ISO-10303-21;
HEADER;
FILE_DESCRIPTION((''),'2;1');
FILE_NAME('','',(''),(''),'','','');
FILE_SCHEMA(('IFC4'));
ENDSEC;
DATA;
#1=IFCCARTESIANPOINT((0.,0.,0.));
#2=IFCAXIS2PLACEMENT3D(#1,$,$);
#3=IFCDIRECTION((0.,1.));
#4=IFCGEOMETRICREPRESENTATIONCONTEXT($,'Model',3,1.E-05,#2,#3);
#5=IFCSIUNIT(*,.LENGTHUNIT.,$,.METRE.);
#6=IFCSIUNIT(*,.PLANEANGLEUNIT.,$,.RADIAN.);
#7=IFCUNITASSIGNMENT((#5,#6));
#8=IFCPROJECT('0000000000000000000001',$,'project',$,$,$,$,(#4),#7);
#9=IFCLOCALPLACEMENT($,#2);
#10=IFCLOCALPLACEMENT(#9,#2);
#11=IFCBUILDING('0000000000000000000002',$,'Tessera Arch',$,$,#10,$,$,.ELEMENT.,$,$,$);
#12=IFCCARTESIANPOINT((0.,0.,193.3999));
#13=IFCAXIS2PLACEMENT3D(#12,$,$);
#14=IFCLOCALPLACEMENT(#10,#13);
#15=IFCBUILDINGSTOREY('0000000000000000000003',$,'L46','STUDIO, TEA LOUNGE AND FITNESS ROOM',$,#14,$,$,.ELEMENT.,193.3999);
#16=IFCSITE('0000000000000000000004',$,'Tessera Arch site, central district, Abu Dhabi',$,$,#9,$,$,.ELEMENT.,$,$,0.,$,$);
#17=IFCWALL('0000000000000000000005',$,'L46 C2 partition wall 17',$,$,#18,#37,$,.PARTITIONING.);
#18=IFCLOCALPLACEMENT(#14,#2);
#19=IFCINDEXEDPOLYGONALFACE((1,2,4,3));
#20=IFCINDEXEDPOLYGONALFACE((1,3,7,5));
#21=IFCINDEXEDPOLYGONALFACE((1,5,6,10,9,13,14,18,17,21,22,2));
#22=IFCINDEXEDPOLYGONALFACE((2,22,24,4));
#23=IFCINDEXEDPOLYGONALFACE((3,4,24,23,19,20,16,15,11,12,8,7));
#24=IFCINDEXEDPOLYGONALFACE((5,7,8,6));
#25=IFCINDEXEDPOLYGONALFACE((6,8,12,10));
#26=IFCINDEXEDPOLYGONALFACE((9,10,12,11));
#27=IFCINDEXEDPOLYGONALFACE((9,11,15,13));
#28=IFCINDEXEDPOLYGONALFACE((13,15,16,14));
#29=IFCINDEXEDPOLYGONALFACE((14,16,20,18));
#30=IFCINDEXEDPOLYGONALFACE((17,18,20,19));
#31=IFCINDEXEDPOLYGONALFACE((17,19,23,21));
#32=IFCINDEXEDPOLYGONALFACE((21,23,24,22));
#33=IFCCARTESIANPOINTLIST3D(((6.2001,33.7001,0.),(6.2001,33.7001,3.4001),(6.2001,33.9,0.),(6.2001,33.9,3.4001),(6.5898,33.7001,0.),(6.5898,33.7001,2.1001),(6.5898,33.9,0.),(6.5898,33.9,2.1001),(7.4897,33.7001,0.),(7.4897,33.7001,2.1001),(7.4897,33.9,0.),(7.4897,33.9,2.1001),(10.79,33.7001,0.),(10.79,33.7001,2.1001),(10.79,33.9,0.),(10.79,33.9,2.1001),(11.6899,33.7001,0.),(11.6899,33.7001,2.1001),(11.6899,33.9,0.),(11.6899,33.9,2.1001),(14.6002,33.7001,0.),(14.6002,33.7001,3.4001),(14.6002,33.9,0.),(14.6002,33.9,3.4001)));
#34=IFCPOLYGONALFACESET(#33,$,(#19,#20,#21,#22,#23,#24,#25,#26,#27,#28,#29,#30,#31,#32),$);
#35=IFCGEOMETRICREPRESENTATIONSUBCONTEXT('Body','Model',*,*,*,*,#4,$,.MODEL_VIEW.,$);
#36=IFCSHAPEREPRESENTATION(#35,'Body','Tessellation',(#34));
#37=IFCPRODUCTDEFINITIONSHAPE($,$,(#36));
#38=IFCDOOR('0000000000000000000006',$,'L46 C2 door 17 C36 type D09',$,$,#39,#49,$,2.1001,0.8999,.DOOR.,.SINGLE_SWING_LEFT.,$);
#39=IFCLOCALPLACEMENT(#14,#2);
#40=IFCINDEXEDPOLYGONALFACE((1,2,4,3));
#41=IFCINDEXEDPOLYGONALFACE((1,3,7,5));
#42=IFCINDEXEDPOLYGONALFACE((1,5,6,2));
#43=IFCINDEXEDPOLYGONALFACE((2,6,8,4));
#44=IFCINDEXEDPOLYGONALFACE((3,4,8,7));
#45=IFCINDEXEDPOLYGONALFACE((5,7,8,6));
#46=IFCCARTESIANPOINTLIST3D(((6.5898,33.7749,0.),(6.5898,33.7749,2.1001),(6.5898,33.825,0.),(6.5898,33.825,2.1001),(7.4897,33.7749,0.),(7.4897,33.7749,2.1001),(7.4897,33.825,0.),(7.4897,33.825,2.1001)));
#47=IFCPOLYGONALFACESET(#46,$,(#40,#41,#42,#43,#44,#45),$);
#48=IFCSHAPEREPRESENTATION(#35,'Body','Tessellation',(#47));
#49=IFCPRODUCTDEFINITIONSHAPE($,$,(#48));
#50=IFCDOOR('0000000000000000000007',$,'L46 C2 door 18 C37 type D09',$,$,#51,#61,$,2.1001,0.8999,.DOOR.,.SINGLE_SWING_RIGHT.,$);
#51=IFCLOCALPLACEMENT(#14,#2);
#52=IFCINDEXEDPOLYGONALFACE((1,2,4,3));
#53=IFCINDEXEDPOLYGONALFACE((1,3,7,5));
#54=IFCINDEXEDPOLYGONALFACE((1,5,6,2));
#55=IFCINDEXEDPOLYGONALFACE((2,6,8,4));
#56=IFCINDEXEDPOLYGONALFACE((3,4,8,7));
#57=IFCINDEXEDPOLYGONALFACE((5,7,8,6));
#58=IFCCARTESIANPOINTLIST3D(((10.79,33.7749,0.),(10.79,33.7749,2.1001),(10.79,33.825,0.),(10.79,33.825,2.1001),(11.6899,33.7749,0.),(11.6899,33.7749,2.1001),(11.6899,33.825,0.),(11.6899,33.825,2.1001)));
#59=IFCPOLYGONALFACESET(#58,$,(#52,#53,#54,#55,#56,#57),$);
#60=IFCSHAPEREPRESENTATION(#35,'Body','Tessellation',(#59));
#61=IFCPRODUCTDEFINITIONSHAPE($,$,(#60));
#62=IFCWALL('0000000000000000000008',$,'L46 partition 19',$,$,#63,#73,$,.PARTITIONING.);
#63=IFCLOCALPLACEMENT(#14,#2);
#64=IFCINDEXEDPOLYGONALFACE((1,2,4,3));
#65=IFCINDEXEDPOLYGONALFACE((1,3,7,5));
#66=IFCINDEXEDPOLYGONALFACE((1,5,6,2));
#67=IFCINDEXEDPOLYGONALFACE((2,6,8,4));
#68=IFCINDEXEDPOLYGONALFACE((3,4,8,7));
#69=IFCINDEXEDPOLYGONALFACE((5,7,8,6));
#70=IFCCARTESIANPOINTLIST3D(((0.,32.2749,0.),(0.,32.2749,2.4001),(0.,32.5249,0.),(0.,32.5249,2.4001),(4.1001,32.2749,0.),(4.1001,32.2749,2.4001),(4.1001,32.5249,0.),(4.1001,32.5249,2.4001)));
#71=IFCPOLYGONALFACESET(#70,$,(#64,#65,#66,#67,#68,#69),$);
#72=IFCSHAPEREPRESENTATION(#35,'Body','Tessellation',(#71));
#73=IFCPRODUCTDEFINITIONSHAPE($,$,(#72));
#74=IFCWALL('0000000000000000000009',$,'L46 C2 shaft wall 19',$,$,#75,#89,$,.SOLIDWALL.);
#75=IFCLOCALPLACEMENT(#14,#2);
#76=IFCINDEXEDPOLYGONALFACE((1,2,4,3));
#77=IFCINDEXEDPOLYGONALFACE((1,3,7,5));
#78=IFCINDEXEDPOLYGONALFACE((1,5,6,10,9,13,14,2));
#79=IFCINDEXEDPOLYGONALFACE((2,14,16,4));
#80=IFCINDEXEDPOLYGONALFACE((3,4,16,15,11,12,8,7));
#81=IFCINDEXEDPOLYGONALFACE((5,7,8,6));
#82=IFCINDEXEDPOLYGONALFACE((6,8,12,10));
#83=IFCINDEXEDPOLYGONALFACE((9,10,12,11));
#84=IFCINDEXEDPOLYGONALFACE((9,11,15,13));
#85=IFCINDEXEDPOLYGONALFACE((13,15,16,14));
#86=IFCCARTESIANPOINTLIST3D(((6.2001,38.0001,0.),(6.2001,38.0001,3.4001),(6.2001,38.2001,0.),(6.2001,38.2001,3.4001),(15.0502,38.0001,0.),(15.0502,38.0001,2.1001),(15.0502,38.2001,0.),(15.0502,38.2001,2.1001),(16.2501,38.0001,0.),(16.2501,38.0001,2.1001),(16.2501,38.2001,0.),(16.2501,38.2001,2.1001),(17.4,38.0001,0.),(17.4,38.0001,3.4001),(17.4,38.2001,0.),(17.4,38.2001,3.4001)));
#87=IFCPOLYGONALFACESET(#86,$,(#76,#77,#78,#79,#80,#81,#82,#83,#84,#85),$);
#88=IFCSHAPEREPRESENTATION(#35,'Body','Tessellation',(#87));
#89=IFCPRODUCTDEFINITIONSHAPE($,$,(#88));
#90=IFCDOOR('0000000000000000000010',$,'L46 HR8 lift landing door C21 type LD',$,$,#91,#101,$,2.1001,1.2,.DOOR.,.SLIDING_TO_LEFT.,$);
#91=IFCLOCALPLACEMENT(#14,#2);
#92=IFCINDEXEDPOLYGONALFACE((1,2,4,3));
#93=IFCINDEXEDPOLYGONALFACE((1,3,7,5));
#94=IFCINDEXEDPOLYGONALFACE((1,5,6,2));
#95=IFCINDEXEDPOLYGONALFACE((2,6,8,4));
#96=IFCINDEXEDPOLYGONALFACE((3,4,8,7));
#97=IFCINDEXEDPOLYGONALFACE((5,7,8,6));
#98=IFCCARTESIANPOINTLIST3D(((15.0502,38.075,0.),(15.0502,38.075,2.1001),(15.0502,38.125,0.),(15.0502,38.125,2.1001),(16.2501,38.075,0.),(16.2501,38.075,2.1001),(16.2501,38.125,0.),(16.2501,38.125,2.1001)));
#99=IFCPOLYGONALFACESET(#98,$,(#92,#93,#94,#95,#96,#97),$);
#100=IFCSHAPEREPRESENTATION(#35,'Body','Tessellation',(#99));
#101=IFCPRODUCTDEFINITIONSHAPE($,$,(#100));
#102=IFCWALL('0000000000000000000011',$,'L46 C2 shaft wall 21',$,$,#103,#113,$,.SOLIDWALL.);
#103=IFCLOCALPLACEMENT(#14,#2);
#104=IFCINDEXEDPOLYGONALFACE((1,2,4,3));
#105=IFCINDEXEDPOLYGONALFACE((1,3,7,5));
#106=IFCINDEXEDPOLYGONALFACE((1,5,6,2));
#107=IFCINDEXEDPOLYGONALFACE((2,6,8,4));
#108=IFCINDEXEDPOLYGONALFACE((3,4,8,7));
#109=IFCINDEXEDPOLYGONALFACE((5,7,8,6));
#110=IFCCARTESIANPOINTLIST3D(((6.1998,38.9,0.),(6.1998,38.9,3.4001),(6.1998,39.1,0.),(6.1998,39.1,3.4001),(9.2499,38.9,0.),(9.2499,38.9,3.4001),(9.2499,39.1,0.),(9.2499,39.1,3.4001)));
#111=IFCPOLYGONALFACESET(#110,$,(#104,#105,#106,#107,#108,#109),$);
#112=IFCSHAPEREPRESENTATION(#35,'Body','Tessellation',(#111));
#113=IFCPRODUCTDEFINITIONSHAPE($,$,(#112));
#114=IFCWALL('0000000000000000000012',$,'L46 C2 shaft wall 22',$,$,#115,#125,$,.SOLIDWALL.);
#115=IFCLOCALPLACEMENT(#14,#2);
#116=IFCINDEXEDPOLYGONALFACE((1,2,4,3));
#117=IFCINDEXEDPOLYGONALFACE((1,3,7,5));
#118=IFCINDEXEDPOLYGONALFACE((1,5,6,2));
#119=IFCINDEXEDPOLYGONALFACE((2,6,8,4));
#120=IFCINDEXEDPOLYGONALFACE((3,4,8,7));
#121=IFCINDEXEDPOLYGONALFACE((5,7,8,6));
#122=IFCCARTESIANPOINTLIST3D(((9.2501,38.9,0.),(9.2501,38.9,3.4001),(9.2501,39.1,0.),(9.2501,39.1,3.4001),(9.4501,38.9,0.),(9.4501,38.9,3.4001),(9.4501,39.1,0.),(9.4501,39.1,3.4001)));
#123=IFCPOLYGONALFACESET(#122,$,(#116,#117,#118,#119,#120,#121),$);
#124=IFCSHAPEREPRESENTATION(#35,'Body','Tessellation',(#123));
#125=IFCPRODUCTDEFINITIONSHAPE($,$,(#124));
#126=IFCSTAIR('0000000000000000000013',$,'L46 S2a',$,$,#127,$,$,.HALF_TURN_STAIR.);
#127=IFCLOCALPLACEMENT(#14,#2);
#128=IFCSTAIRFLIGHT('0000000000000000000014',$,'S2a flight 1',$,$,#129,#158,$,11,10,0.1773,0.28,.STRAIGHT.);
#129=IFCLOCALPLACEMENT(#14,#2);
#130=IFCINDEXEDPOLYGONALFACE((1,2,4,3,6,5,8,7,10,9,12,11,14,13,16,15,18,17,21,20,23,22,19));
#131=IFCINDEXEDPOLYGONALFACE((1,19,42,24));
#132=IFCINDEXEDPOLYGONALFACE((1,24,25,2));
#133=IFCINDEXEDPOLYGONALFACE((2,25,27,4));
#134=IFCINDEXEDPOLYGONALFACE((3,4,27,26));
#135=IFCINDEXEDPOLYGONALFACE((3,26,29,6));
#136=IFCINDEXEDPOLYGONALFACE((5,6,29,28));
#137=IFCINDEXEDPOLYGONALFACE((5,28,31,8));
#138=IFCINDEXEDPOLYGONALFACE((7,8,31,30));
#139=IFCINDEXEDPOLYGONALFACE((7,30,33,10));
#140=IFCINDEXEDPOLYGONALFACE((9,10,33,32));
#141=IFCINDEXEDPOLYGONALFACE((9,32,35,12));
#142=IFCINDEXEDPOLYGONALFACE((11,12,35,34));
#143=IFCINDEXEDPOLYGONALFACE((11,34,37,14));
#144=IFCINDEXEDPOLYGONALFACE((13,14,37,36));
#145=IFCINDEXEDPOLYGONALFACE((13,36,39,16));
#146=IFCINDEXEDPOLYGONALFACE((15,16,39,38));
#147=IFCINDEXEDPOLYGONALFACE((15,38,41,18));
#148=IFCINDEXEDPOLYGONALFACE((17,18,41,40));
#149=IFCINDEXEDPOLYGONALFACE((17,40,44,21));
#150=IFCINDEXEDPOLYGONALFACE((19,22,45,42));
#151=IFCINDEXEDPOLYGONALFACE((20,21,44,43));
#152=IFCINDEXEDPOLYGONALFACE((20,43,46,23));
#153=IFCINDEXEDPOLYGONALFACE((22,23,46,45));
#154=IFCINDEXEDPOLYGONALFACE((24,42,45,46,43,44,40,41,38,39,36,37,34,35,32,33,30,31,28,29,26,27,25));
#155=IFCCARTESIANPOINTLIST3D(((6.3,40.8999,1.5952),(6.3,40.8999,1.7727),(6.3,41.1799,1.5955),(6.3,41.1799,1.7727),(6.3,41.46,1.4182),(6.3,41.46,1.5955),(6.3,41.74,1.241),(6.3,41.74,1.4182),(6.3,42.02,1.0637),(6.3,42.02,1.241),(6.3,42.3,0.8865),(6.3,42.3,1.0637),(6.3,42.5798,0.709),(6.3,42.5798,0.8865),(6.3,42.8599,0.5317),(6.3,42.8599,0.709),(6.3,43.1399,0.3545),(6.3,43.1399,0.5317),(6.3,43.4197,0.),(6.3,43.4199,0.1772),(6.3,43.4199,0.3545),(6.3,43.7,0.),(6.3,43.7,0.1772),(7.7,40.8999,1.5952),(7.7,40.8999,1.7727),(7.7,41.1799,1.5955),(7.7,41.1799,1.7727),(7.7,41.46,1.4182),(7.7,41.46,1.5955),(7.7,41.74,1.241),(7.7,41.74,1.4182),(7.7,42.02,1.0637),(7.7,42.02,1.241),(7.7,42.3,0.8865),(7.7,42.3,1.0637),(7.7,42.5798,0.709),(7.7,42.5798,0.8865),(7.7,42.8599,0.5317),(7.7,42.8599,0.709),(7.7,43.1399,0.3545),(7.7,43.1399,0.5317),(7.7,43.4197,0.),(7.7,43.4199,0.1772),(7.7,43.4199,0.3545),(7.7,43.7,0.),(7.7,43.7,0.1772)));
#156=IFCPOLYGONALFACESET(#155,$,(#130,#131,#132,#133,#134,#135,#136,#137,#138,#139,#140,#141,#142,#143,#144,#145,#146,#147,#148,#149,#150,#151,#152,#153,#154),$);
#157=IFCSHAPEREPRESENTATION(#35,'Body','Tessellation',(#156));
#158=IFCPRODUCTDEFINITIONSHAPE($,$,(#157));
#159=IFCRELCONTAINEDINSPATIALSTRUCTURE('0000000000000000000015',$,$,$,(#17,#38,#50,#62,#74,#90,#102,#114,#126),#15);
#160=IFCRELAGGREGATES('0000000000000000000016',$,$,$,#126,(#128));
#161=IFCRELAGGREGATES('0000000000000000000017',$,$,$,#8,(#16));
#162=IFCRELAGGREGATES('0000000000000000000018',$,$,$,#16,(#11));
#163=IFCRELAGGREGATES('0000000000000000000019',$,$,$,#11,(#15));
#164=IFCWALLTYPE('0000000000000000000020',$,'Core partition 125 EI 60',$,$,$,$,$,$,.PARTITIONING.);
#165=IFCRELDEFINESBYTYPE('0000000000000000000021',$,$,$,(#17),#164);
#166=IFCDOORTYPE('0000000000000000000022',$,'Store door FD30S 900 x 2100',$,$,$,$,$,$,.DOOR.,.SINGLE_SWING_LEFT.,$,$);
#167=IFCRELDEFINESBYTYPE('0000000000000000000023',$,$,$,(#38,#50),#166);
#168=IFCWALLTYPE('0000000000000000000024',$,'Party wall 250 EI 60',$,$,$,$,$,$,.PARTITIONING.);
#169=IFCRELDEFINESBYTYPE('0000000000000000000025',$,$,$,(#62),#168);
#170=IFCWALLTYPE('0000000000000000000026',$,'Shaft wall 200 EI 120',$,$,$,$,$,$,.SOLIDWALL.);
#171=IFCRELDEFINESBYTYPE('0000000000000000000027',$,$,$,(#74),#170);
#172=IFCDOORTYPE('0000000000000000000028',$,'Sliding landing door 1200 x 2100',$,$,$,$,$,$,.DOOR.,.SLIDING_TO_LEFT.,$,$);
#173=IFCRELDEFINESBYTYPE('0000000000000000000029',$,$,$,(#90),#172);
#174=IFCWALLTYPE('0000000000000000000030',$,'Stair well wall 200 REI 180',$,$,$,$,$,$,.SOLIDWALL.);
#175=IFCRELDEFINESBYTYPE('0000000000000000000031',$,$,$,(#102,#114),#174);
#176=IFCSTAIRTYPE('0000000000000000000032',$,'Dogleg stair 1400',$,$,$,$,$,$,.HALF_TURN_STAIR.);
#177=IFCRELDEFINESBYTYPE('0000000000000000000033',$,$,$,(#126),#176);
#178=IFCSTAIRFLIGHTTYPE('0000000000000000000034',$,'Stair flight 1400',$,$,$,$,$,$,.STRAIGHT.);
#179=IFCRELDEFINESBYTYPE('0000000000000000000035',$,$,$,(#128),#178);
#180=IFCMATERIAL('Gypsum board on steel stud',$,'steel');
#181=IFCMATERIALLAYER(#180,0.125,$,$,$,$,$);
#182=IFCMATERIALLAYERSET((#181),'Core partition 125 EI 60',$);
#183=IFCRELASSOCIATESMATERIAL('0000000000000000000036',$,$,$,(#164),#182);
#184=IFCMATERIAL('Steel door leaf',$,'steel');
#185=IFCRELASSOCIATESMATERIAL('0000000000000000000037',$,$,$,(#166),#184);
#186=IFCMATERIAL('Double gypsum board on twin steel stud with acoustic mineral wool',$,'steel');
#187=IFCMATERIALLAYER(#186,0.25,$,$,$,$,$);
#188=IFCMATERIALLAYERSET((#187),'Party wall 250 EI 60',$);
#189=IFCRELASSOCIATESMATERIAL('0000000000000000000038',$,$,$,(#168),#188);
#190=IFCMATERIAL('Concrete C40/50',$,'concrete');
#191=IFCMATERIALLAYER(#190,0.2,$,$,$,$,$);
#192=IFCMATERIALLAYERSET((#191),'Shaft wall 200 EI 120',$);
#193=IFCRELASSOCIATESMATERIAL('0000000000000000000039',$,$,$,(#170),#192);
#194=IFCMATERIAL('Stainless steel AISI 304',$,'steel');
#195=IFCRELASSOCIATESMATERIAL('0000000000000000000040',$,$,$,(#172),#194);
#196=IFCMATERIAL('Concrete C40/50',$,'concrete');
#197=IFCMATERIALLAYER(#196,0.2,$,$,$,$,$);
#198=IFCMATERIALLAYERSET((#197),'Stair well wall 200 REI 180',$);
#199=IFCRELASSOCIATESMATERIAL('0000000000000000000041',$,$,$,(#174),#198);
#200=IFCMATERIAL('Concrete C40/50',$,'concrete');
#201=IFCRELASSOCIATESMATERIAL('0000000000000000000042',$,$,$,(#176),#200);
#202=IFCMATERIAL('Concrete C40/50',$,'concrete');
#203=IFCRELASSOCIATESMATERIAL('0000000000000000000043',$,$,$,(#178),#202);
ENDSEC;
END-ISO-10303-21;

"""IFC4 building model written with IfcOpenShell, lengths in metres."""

from ifc_helpers import new_model, si_unit, direction, frame, frame_2d, origin, place, context, subcontext, project, spatial, polyline, rectangle, outline, extrude, material, layer, layer_set, type_object, element, fill, aggregate, save


model = new_model("IFC4")

# Units and contexts
model_context = context("Model", 3, precision=1e-05, world=origin(), true_north=direction((0.0, 1.0)))
body_context = subcontext(model_context, "Body", "Model", "MODEL_VIEW")
ifc_project = project(units=[si_unit("LENGTHUNIT", "METRE"), si_unit("PLANEANGLEUNIT", "RADIAN")], contexts=[model_context])

# Site, building, storey
site_placement = place(None, origin())
site = spatial("IfcSite", under=ifc_project, at=site_placement, Name="Tessera Arch site, central district, Abu Dhabi", CompositionType="ELEMENT", RefElevation=0.0)
building_placement = place(site_placement, origin())
building = spatial("IfcBuilding", under=site, at=building_placement, Name="Tessera Arch", CompositionType="ELEMENT")
storey_placement = place(building_placement, frame((0.0, 0.0, 193.3999)))
storey = spatial("IfcBuildingStorey", under=building, at=storey_placement, Name="L46", Description="STUDIO, TEA LOUNGE AND FITNESS ROOM", CompositionType="ELEMENT", Elevation=193.3999)

# Shared definitions
ifc_material_1 = material(Name="Gypsum board on steel stud", Category="steel")
ifc_layer_1 = layer(ifc_material_1, 0.125)
ifc_layer_set_1 = layer_set([ifc_layer_1], Name="Core partition 125 EI 60")
wall_type_1 = type_object("IfcWallType", Name="Core partition 125 EI 60", PredefinedType="PARTITIONING", material=ifc_layer_set_1)

# Wall, openings, doors
ifc_material_2 = material(Name="Steel door leaf", Category="steel")
door_type_1 = type_object("IfcDoorType", Name="Store door FD30S 900 x 2100", OperationType="SINGLE_SWING_LEFT", PredefinedType="DOOR", material=ifc_material_2)
wall_1_placement = place(storey_placement, frame((6.2, 33.8, 0.0), z_axis=(0.0, 0.0, 1.0), x_axis=(1.0, 0.0, 0.0)))
wall_1 = element("IfcWall", 1, at=wall_1_placement, inside=storey, type_object=wall_type_1, Name="L46 C2 partition wall 17", PredefinedType="PARTITIONING", context=body_context, shape_type="SweptSolid", body=[
    extrude(rectangle(XDim=8.4001, YDim=0.2, at=frame_2d((4.2002, 0.0))), origin(), (0.0, 0.0, 1.0), 3.4001),
])
opening_1_placement = place(wall_1_placement, frame((0.3899, 0.0, 0.0)))
opening_1 = element("IfcOpeningElement", 2, at=opening_1_placement, cuts=wall_1, PredefinedType="OPENING", context=body_context, shape_type="SweptSolid", body=[
    extrude(rectangle(XDim=0.8999, YDim=2.1001, at=frame_2d((0.45, 1.05))), frame((0.0, 0.1099, 0.0), z_axis=(0.0, -1.0, 0.0), x_axis=(1.0, 0.0, 0.0)), (0.0, 0.0, 1.0), 0.22),
])
opening_2_placement = place(wall_1_placement, frame((4.5901, 0.0, 0.0)))
opening_2 = element("IfcOpeningElement", 3, at=opening_2_placement, cuts=wall_1, PredefinedType="OPENING", context=body_context, shape_type="SweptSolid", body=[
    extrude(rectangle(XDim=0.8999, YDim=2.1001, at=frame_2d((0.45, 1.05))), frame((0.0, 0.1099, 0.0), z_axis=(0.0, -1.0, 0.0), x_axis=(1.0, 0.0, 0.0)), (0.0, 0.0, 1.0), 0.22),
])
door_1_placement = place(opening_1_placement, origin())
door_1 = element("IfcDoor", 4, at=door_1_placement, inside=storey, type_object=door_type_1, Name="L46 C2 door 17 C36 type D09", OperationType="SINGLE_SWING_LEFT", OverallHeight=2.1001, OverallWidth=0.8999, PredefinedType="DOOR", context=body_context, shape_type="SweptSolid", body=[
    extrude(rectangle(XDim=0.8999, YDim=2.1001, at=frame_2d((0.45, 1.05))), frame((0.0, 0.0249, 0.0), z_axis=(0.0, -1.0, 0.0), x_axis=(1.0, 0.0, 0.0)), (0.0, 0.0, 1.0), 0.05),
])
fill(opening_1, door_1)
door_2_placement = place(opening_2_placement, origin())
door_2 = element("IfcDoor", 5, at=door_2_placement, inside=storey, type_object=door_type_1, Name="L46 C2 door 18 C37 type D09", OperationType="SINGLE_SWING_RIGHT", OverallHeight=2.1001, OverallWidth=0.8999, PredefinedType="DOOR", context=body_context, shape_type="SweptSolid", body=[
    extrude(rectangle(XDim=0.8999, YDim=2.1001, at=frame_2d((0.45, 1.05))), frame((0.0, 0.0249, 0.0), z_axis=(0.0, -1.0, 0.0), x_axis=(1.0, 0.0, 0.0)), (0.0, 0.0, 1.0), 0.05),
])
fill(opening_2, door_2)

# Wall
ifc_material_3 = material(Name="Double gypsum board on twin steel stud with acoustic mineral wool", Category="steel")
ifc_layer_2 = layer(ifc_material_3, 0.25)
ifc_layer_set_2 = layer_set([ifc_layer_2], Name="Party wall 250 EI 60")
wall_type_2 = type_object("IfcWallType", Name="Party wall 250 EI 60", PredefinedType="PARTITIONING", material=ifc_layer_set_2)
wall_2_placement = place(storey_placement, frame((0.0, 32.3999, 0.0), z_axis=(0.0, 0.0, 1.0), x_axis=(1.0, 0.0, 0.0)))
element("IfcWall", 6, at=wall_2_placement, inside=storey, type_object=wall_type_2, Name="L46 partition 19", PredefinedType="PARTITIONING", context=body_context, shape_type="SweptSolid", body=[
    extrude(rectangle(XDim=4.1001, YDim=0.25, at=frame_2d((2.05, 0.0))), origin(), (0.0, 0.0, 1.0), 2.4001),
])

# Wall, opening, door
ifc_material_4 = material(Name="Concrete C40/50", Category="concrete")
ifc_layer_3 = layer(ifc_material_4, 0.2)
ifc_layer_set_3 = layer_set([ifc_layer_3], Name="Shaft wall 200 EI 120")
wall_type_3 = type_object("IfcWallType", Name="Shaft wall 200 EI 120", PredefinedType="SOLIDWALL", material=ifc_layer_set_3)
wall_3_placement = place(storey_placement, frame((6.2, 38.1001, 0.0), z_axis=(0.0, 0.0, 1.0), x_axis=(1.0, 0.0, 0.0)))
wall_3 = element("IfcWall", 7, at=wall_3_placement, inside=storey, type_object=wall_type_3, Name="L46 C2 shaft wall 19", PredefinedType="SOLIDWALL", context=body_context, shape_type="SweptSolid", body=[
    extrude(rectangle(XDim=11.2, YDim=0.2, at=frame_2d((5.6001, 0.0))), origin(), (0.0, 0.0, 1.0), 3.4001),
])
opening_3_placement = place(wall_3_placement, frame((8.8501, 0.0, 0.0)))
opening_3 = element("IfcOpeningElement", 8, at=opening_3_placement, cuts=wall_3, PredefinedType="OPENING", context=body_context, shape_type="SweptSolid", body=[
    extrude(rectangle(XDim=1.2, YDim=2.1001, at=frame_2d((0.6001, 1.05))), frame((0.0, 0.1099, 0.0), z_axis=(0.0, -1.0, 0.0), x_axis=(1.0, 0.0, 0.0)), (0.0, 0.0, 1.0), 0.22),
])
ifc_material_5 = material(Name="Stainless steel AISI 304", Category="steel")
door_type_2 = type_object("IfcDoorType", Name="Sliding landing door 1200 x 2100", OperationType="SLIDING_TO_LEFT", PredefinedType="DOOR", material=ifc_material_5)
door_3_placement = place(opening_3_placement, origin())
door_3 = element("IfcDoor", 9, at=door_3_placement, inside=storey, type_object=door_type_2, Name="L46 HR8 lift landing door C21 type LD", OperationType="SLIDING_TO_LEFT", OverallHeight=2.1001, OverallWidth=1.2, PredefinedType="DOOR", context=body_context, shape_type="SweptSolid", body=[
    extrude(rectangle(XDim=1.2, YDim=2.1001, at=frame_2d((0.6001, 1.05))), frame((0.0, 0.0249, 0.0), z_axis=(0.0, -1.0, 0.0), x_axis=(1.0, 0.0, 0.0)), (0.0, 0.0, 1.0), 0.05),
])
fill(opening_3, door_3)

# Walls
ifc_material_6 = material(Name="Concrete C40/50", Category="concrete")
ifc_layer_4 = layer(ifc_material_6, 0.2)
ifc_layer_set_4 = layer_set([ifc_layer_4], Name="Stair well wall 200 REI 180")
wall_type_4 = type_object("IfcWallType", Name="Stair well wall 200 REI 180", PredefinedType="SOLIDWALL", material=ifc_layer_set_4)
wall_4_placement = place(storey_placement, frame((6.2, 39.0, 0.0), z_axis=(0.0, 0.0, 1.0), x_axis=(1.0, 0.0, 0.0)))
element("IfcWall", 10, at=wall_4_placement, inside=storey, type_object=wall_type_4, Name="L46 C2 shaft wall 21", PredefinedType="SOLIDWALL", context=body_context, shape_type="SweptSolid", body=[
    extrude(rectangle(XDim=3.05, YDim=0.2, at=frame_2d((1.5249, 0.0))), origin(), (0.0, 0.0, 1.0), 3.4001),
])
wall_5_placement = place(storey_placement, frame((9.25, 39.0, 0.0), z_axis=(0.0, 0.0, 1.0), x_axis=(1.0, 0.0, 0.0)))
element("IfcWall", 11, at=wall_5_placement, inside=storey, type_object=wall_type_4, Name="L46 C2 shaft wall 22", PredefinedType="SOLIDWALL", context=body_context, shape_type="SweptSolid", body=[
    extrude(rectangle(XDim=0.2, YDim=0.2, at=frame_2d((0.1001, 0.0))), origin(), (0.0, 0.0, 1.0), 3.4001),
])

# Stair, stair flight
ifc_material_7 = material(Name="Concrete C40/50", Category="concrete")
stair_type = type_object("IfcStairType", Name="Dogleg stair 1400", PredefinedType="HALF_TURN_STAIR", material=ifc_material_7)
stair_placement = place(storey_placement, origin())
stair = element("IfcStair", 12, at=stair_placement, inside=storey, type_object=stair_type, Name="L46 S2a", PredefinedType="HALF_TURN_STAIR")
ifc_material_8 = material(Name="Concrete C40/50", Category="concrete")
stair_flight_type = type_object("IfcStairFlightType", Name="Stair flight 1400", PredefinedType="STRAIGHT", material=ifc_material_8)
stair_flight_1_placement = place(storey_placement, frame((7.0, 43.7, 0.0), z_axis=(0.0, 0.0, 1.0), x_axis=(0.0, -1.0, 0.0)))
stair_flight_1 = element("IfcStairFlight", 13, at=stair_flight_1_placement, type_object=stair_flight_type, Name="S2a flight 1", NumberOfRisers=11, NumberOfTreads=10, PredefinedType="STRAIGHT", RiserHeight=0.1773, TreadLength=0.28, context=body_context, shape_type="SweptSolid", body=[
    extrude(outline(polyline([(0.0, 0.0), (0.0, 0.1772), (0.28, 0.1772), (0.28, 0.3545), (0.5601, 0.3545), (0.5601, 0.5317), (0.8401, 0.5317), (0.8401, 0.709), (1.1201, 0.709), (1.1201, 0.8865), (1.3999, 0.8865), (1.3999, 1.0637), (1.6799, 1.0637), (1.6799, 1.241), (1.96, 1.241), (1.96, 1.4182), (2.24, 1.4182), (2.24, 1.5955), (2.52, 1.5955), (2.52, 1.7727), (2.8, 1.7727), (2.8, 1.95), (2.8, 1.5952), (0.2803, 0.0), (0.0, 0.0)])), frame((0.0, 0.7, 0.0), z_axis=(0.0, -1.0, 0.0), x_axis=(1.0, 0.0, 0.0)), (0.0, 0.0, 1.0), 1.3999),
])
aggregate(stair, [stair_flight_1])

save(model, "model.ifc")
